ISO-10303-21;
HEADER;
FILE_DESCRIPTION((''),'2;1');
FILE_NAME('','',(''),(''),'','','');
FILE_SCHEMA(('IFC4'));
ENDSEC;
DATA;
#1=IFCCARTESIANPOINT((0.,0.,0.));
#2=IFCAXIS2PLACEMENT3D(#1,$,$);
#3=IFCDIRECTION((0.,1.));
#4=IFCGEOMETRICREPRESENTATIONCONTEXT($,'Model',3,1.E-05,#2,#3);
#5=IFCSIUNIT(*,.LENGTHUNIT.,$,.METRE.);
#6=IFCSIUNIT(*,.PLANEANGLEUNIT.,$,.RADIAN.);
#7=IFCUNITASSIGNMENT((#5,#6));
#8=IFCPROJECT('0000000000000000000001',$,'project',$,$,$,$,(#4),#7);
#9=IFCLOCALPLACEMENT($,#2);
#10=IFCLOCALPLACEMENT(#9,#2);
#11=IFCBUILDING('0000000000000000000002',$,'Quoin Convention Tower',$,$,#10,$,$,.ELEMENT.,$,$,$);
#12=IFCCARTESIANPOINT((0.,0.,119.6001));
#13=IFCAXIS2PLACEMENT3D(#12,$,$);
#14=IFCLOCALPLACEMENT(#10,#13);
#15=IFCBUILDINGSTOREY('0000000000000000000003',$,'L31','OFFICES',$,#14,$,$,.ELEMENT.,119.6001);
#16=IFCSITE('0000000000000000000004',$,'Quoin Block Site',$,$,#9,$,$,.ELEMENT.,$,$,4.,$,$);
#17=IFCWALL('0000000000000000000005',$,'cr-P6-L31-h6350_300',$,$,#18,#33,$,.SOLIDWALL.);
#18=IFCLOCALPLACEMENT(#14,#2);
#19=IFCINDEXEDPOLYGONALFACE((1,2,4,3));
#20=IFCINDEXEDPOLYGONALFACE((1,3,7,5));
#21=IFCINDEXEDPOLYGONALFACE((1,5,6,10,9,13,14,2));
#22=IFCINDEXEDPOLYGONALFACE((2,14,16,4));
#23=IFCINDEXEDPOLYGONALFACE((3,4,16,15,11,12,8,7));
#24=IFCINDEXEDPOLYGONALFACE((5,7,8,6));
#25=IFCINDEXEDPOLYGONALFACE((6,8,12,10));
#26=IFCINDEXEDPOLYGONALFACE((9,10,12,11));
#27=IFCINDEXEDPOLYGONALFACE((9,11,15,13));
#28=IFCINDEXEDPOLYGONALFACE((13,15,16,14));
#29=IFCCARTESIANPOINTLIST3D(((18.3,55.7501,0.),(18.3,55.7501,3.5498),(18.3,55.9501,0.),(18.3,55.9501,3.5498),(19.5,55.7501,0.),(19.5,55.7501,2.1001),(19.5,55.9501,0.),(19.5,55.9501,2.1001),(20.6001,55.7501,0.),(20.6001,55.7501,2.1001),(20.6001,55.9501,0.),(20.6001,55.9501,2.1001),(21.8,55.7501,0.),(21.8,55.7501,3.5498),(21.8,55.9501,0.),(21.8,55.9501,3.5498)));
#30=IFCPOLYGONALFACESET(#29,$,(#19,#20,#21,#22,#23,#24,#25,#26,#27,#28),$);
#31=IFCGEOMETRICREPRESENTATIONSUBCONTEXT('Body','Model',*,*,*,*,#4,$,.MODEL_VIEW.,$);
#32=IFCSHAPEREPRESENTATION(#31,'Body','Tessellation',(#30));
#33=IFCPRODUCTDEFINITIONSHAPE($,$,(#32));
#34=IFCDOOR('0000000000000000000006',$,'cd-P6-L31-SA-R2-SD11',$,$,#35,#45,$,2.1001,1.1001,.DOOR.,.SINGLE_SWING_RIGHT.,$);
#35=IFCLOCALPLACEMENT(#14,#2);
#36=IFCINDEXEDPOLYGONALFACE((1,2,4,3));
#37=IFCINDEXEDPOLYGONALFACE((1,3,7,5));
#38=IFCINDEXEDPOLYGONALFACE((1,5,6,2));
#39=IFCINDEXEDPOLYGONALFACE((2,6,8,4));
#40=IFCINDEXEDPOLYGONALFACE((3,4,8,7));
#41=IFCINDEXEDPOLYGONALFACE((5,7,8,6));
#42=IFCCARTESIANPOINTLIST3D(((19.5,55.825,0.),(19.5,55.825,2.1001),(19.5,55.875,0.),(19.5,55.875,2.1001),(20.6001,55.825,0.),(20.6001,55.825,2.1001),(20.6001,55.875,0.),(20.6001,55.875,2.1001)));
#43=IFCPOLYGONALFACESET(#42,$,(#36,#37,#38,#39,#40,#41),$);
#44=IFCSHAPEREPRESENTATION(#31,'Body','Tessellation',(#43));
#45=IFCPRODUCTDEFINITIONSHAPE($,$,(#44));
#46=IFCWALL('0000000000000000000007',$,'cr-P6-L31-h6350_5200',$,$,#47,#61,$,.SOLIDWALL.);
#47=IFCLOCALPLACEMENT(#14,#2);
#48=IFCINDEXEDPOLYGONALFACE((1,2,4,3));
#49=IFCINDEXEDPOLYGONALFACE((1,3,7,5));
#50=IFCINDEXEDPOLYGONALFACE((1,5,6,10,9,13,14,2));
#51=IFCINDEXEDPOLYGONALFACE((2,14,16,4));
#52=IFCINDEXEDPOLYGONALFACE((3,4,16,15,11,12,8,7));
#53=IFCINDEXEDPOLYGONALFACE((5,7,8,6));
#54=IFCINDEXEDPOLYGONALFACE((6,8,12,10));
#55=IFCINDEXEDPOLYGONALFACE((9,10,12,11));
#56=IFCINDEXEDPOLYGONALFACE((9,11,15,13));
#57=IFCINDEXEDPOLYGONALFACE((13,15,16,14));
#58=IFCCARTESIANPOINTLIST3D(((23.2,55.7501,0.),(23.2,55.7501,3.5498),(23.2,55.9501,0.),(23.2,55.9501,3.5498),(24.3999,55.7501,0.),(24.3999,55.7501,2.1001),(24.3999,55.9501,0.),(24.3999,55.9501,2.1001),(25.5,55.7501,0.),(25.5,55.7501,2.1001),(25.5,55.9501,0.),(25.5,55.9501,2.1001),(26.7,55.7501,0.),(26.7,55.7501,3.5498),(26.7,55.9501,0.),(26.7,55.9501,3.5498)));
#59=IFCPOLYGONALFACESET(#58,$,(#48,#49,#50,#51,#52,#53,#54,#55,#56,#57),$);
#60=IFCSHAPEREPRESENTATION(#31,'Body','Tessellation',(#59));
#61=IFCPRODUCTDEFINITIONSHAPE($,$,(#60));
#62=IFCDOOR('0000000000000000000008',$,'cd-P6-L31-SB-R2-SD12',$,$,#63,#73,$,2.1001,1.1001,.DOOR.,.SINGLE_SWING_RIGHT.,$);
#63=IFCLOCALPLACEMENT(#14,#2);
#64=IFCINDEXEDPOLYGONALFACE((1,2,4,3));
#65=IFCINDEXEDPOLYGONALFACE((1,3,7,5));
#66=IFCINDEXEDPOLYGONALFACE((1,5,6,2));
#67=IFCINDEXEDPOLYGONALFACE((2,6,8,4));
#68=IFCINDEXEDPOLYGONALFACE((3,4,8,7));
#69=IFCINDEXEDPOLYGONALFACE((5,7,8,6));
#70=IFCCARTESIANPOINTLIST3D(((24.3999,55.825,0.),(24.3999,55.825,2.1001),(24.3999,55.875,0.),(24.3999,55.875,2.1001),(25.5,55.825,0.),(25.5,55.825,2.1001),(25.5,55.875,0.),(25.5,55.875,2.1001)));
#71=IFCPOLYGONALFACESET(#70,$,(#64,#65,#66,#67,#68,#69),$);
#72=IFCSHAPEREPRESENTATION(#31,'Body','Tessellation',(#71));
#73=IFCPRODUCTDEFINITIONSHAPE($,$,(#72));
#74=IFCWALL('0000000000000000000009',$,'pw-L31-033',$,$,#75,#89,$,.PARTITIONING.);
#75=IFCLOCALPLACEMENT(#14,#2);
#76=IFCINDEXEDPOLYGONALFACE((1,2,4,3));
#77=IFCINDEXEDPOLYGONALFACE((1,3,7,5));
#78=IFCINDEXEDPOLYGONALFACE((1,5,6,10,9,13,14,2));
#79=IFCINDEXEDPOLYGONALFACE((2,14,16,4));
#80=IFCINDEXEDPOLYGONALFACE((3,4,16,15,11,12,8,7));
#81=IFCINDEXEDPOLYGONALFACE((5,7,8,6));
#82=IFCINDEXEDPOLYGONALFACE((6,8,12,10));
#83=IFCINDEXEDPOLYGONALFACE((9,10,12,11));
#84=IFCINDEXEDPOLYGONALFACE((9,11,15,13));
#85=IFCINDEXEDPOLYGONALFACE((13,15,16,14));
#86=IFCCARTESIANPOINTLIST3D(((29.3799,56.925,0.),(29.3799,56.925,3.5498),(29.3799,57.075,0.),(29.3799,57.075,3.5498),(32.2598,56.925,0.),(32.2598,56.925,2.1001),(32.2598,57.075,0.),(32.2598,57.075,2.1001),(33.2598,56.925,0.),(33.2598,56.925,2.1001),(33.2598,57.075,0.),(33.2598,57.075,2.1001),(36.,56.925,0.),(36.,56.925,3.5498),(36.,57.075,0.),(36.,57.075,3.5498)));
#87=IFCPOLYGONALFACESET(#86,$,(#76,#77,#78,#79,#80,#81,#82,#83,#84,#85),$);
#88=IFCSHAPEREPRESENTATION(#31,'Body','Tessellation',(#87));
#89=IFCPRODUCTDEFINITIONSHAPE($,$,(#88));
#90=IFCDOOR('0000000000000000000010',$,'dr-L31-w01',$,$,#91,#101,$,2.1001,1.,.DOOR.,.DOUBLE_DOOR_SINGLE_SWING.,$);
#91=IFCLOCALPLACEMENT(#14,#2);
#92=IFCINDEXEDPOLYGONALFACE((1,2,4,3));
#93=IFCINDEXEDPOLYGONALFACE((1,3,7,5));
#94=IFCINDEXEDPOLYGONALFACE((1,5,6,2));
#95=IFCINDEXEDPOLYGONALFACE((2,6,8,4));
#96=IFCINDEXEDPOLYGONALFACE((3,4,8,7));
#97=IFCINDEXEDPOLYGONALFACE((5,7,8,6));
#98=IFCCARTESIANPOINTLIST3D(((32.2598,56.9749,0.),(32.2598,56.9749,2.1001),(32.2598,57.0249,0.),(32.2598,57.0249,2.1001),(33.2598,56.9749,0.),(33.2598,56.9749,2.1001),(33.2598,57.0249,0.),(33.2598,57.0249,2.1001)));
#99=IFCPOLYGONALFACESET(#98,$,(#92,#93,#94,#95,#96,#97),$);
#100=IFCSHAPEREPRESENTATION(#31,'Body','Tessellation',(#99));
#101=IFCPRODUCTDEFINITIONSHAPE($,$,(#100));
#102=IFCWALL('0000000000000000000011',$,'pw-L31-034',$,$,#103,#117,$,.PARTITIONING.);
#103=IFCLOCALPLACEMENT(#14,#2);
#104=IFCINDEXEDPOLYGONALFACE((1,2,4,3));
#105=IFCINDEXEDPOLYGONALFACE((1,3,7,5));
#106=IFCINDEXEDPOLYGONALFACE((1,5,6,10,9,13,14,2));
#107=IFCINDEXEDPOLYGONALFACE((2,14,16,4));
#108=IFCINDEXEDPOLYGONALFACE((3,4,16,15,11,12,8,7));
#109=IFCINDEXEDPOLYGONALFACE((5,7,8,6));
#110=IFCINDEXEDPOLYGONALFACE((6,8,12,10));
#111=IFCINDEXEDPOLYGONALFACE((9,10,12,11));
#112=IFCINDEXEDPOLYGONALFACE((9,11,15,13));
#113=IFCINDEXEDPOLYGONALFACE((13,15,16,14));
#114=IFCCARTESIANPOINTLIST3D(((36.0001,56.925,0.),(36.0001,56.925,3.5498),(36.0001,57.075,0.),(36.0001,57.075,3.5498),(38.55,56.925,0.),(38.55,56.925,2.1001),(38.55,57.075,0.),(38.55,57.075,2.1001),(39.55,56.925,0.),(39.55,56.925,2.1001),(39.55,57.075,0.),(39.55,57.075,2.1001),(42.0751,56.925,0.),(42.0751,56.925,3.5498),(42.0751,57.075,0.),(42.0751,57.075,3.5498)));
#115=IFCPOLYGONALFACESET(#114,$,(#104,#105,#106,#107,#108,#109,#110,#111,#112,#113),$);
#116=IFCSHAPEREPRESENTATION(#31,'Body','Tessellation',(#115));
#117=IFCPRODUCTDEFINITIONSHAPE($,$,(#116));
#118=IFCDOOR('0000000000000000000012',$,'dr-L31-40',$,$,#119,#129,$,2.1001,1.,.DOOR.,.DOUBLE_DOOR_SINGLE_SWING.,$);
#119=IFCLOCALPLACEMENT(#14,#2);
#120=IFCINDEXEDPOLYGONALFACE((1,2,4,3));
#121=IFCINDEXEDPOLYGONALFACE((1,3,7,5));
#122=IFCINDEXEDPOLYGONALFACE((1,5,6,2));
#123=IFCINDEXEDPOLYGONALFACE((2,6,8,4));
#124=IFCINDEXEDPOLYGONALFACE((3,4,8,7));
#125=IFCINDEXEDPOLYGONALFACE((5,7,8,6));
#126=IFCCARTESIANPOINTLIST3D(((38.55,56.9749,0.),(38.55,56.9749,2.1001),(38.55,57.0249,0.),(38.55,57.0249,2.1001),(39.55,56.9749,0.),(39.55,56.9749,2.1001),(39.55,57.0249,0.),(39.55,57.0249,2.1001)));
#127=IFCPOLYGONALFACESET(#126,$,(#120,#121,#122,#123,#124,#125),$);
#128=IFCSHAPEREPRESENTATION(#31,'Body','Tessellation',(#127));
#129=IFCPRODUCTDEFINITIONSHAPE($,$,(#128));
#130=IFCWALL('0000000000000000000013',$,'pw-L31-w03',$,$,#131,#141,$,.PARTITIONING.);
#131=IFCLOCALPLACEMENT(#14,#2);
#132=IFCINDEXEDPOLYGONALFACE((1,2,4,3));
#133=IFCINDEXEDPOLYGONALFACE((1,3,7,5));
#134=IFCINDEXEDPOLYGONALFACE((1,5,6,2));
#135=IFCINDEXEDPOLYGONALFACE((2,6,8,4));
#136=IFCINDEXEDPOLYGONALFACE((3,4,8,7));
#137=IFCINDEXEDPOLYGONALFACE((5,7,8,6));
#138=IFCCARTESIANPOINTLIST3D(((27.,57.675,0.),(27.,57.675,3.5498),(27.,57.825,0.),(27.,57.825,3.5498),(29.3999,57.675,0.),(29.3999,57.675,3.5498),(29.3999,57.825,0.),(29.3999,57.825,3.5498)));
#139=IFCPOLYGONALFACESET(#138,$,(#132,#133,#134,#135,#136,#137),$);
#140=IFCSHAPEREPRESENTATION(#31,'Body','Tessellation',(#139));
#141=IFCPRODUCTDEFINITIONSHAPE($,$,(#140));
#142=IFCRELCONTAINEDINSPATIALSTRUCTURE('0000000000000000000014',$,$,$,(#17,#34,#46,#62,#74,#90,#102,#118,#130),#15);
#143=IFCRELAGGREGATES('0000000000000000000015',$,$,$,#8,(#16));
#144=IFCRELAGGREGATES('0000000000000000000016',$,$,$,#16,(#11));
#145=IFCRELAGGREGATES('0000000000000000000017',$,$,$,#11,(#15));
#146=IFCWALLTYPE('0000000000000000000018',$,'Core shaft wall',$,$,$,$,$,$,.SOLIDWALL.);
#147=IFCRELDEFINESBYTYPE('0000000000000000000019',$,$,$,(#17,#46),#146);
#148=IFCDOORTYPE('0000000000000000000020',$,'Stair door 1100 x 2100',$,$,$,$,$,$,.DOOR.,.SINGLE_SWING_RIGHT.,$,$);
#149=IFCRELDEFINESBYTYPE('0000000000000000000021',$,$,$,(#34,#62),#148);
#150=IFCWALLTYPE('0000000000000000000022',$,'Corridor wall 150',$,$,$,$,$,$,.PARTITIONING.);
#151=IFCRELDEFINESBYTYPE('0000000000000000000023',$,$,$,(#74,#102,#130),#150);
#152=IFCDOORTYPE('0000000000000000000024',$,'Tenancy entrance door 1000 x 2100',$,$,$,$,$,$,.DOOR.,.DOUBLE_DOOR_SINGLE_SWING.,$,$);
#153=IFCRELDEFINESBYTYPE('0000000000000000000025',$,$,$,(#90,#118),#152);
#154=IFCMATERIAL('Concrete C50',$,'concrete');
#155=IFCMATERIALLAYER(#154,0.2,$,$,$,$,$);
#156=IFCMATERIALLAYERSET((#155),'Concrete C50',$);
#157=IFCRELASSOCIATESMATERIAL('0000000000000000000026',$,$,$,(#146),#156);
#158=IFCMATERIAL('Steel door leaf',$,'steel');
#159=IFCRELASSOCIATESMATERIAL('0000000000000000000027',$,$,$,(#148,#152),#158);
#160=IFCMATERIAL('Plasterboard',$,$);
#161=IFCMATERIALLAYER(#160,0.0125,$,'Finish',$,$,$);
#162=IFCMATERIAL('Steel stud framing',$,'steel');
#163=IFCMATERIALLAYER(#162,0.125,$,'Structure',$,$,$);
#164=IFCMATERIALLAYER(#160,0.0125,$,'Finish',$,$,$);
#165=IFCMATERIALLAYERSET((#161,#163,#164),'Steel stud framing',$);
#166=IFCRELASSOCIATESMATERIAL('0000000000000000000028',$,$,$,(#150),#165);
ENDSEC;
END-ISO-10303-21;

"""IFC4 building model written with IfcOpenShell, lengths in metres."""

from ifc_helpers import new_model, si_unit, direction, frame, frame_2d, origin, place, context, subcontext, project, spatial, rectangle, extrude, material, layer, layer_set, type_object, element, fill, save


model = new_model("IFC4")

# Units and contexts
model_context = context("Model", 3, precision=1e-05, world=origin(), true_north=direction((0.0, 1.0)))
body_context = subcontext(model_context, "Body", "Model", "MODEL_VIEW")
ifc_project = project(units=[si_unit("LENGTHUNIT", "METRE"), si_unit("PLANEANGLEUNIT", "RADIAN")], contexts=[model_context])

# Site, building, storey
site_placement = place(None, origin())
site = spatial("IfcSite", under=ifc_project, at=site_placement, Name="Quoin Block Site", CompositionType="ELEMENT", RefElevation=4.0)
building_placement = place(site_placement, origin())
building = spatial("IfcBuilding", under=site, at=building_placement, Name="Quoin Convention Tower", CompositionType="ELEMENT")
storey_placement = place(building_placement, frame((0.0, 0.0, 119.6001)))
storey = spatial("IfcBuildingStorey", under=building, at=storey_placement, Name="L31", Description="OFFICES", CompositionType="ELEMENT", Elevation=119.6001)

# Shared definitions
ifc_material_1 = material(Name="Concrete C50", Category="concrete")
ifc_layer_1 = layer(ifc_material_1, 0.2)
ifc_layer_set_1 = layer_set([ifc_layer_1], Name="Concrete C50")
wall_type_1 = type_object("IfcWallType", Name="Core shaft wall", PredefinedType="SOLIDWALL", material=ifc_layer_set_1)

# Walls, openings, doors
wall_1_placement = place(storey_placement, frame((18.3, 55.8501, 0.0), z_axis=(0.0, 0.0, 1.0), x_axis=(1.0, 0.0, 0.0)))
wall_1 = element("IfcWall", 1, at=wall_1_placement, inside=storey, type_object=wall_type_1, Name="cr-P6-L31-h6350_300", PredefinedType="SOLIDWALL", context=body_context, shape_type="SweptSolid", body=[
    extrude(rectangle(XDim=3.5, YDim=0.2, at=frame_2d((1.75, 0.0))), origin(), (0.0, 0.0, 1.0), 3.5498),
])
opening_1_placement = place(wall_1_placement, frame((1.2, 0.0, 0.0)))
opening_1 = element("IfcOpeningElement", 2, at=opening_1_placement, cuts=wall_1, PredefinedType="OPENING", context=body_context, shape_type="SweptSolid", body=[
    extrude(rectangle(XDim=1.1001, YDim=2.1001, at=frame_2d((0.55, 1.05))), frame((0.0, 0.1099, 0.0), z_axis=(0.0, -1.0, 0.0), x_axis=(1.0, 0.0, 0.0)), (0.0, 0.0, 1.0), 0.22),
])
ifc_material_2 = material(Name="Steel door leaf", Category="steel")
door_type_1 = type_object("IfcDoorType", Name="Stair door 1100 x 2100", OperationType="SINGLE_SWING_RIGHT", PredefinedType="DOOR", material=ifc_material_2)
door_1_placement = place(opening_1_placement, origin())
door_1 = element("IfcDoor", 3, at=door_1_placement, inside=storey, type_object=door_type_1, Name="cd-P6-L31-SA-R2-SD11", OperationType="SINGLE_SWING_RIGHT", OverallHeight=2.1001, OverallWidth=1.1001, PredefinedType="DOOR", context=body_context, shape_type="SweptSolid", body=[
    extrude(rectangle(XDim=1.1001, YDim=2.1001, at=frame_2d((0.55, 1.05))), frame((0.0, 0.0249, 0.0), z_axis=(0.0, -1.0, 0.0), x_axis=(1.0, 0.0, 0.0)), (0.0, 0.0, 1.0), 0.05),
])
fill(opening_1, door_1)
wall_2_placement = place(storey_placement, frame((23.2, 55.8501, 0.0), z_axis=(0.0, 0.0, 1.0), x_axis=(1.0, 0.0, 0.0)))
wall_2 = element("IfcWall", 4, at=wall_2_placement, inside=storey, type_object=wall_type_1, Name="cr-P6-L31-h6350_5200", PredefinedType="SOLIDWALL", context=body_context, shape_type="SweptSolid", body=[
    extrude(rectangle(XDim=3.5, YDim=0.2, at=frame_2d((1.75, 0.0))), origin(), (0.0, 0.0, 1.0), 3.5498),
])
opening_2_placement = place(wall_2_placement, frame((1.2, 0.0, 0.0)))
opening_2 = element("IfcOpeningElement", 5, at=opening_2_placement, cuts=wall_2, PredefinedType="OPENING", context=body_context, shape_type="SweptSolid", body=[
    extrude(rectangle(XDim=1.1001, YDim=2.1001, at=frame_2d((0.55, 1.05))), frame((0.0, 0.1099, 0.0), z_axis=(0.0, -1.0, 0.0), x_axis=(1.0, 0.0, 0.0)), (0.0, 0.0, 1.0), 0.22),
])
door_2_placement = place(opening_2_placement, origin())
door_2 = element("IfcDoor", 6, at=door_2_placement, inside=storey, type_object=door_type_1, Name="cd-P6-L31-SB-R2-SD12", OperationType="SINGLE_SWING_RIGHT", OverallHeight=2.1001, OverallWidth=1.1001, PredefinedType="DOOR", context=body_context, shape_type="SweptSolid", body=[
    extrude(rectangle(XDim=1.1001, YDim=2.1001, at=frame_2d((0.55, 1.05))), frame((0.0, 0.0249, 0.0), z_axis=(0.0, -1.0, 0.0), x_axis=(1.0, 0.0, 0.0)), (0.0, 0.0, 1.0), 0.05),
])
fill(opening_2, door_2)
ifc_material_3 = material(Name="Plasterboard")
ifc_layer_2 = layer(ifc_material_3, 0.0125, Name="Finish")
ifc_material_4 = material(Name="Steel stud framing", Category="steel")
ifc_layer_3 = layer(ifc_material_4, 0.125, Name="Structure")
ifc_layer_4 = layer(ifc_material_3, 0.0125, Name="Finish")
ifc_layer_set_2 = layer_set([ifc_layer_2, ifc_layer_3, ifc_layer_4], Name="Steel stud framing")
wall_type_2 = type_object("IfcWallType", Name="Corridor wall 150", PredefinedType="PARTITIONING", material=ifc_layer_set_2)
wall_3_placement = place(storey_placement, frame((29.3799, 57.0, 0.0), z_axis=(0.0, 0.0, 1.0), x_axis=(1.0, 0.0, 0.0)))
wall_3 = element("IfcWall", 7, at=wall_3_placement, inside=storey, type_object=wall_type_2, Name="pw-L31-033", PredefinedType="PARTITIONING", context=body_context, shape_type="SweptSolid", body=[
    extrude(rectangle(XDim=6.6201, YDim=0.1499, at=frame_2d((3.3101, 0.0))), origin(), (0.0, 0.0, 1.0), 3.5498),
])
opening_3_placement = place(wall_3_placement, frame((2.8799, 0.0, 0.0)))
opening_3 = element("IfcOpeningElement", 8, at=opening_3_placement, cuts=wall_3, PredefinedType="OPENING", context=body_context, shape_type="SweptSolid", body=[
    extrude(rectangle(XDim=1.0, YDim=2.1001, at=frame_2d((0.5, 1.05))), frame((0.0, 0.085, 0.0), z_axis=(0.0, -1.0, 0.0), x_axis=(1.0, 0.0, 0.0)), (0.0, 0.0, 1.0), 0.1699),
])
door_type_2 = type_object("IfcDoorType", Name="Tenancy entrance door 1000 x 2100", OperationType="DOUBLE_DOOR_SINGLE_SWING", PredefinedType="DOOR", material=ifc_material_2)
door_3_placement = place(opening_3_placement, origin())
door_3 = element("IfcDoor", 9, at=door_3_placement, inside=storey, type_object=door_type_2, Name="dr-L31-w01", OperationType="DOUBLE_DOOR_SINGLE_SWING", OverallHeight=2.1001, OverallWidth=1.0, PredefinedType="DOOR", context=body_context, shape_type="SweptSolid", body=[
    extrude(rectangle(XDim=1.0, YDim=2.1001, at=frame_2d((0.5, 1.05))), frame((0.0, 0.0249, 0.0), z_axis=(0.0, -1.0, 0.0), x_axis=(1.0, 0.0, 0.0)), (0.0, 0.0, 1.0), 0.05),
])
fill(opening_3, door_3)
wall_4_placement = place(storey_placement, frame((36.0, 57.0, 0.0), z_axis=(0.0, 0.0, 1.0), x_axis=(1.0, 0.0, 0.0)))
wall_4 = element("IfcWall", 10, at=wall_4_placement, inside=storey, type_object=wall_type_2, Name="pw-L31-034", PredefinedType="PARTITIONING", context=body_context, shape_type="SweptSolid", body=[
    extrude(rectangle(XDim=6.075, YDim=0.1499, at=frame_2d((3.0376, 0.0))), origin(), (0.0, 0.0, 1.0), 3.5498),
])
opening_4_placement = place(wall_4_placement, frame((2.55, 0.0, 0.0)))
opening_4 = element("IfcOpeningElement", 11, at=opening_4_placement, cuts=wall_4, PredefinedType="OPENING", context=body_context, shape_type="SweptSolid", body=[
    extrude(rectangle(XDim=1.0, YDim=2.1001, at=frame_2d((0.5, 1.05))), frame((0.0, 0.085, 0.0), z_axis=(0.0, -1.0, 0.0), x_axis=(1.0, 0.0, 0.0)), (0.0, 0.0, 1.0), 0.1699),
])
door_4_placement = place(opening_4_placement, origin())
door_4 = element("IfcDoor", 12, at=door_4_placement, inside=storey, type_object=door_type_2, Name="dr-L31-40", OperationType="DOUBLE_DOOR_SINGLE_SWING", OverallHeight=2.1001, OverallWidth=1.0, PredefinedType="DOOR", context=body_context, shape_type="SweptSolid", body=[
    extrude(rectangle(XDim=1.0, YDim=2.1001, at=frame_2d((0.5, 1.05))), frame((0.0, 0.0249, 0.0), z_axis=(0.0, -1.0, 0.0), x_axis=(1.0, 0.0, 0.0)), (0.0, 0.0, 1.0), 0.05),
])
fill(opening_4, door_4)

# Wall
wall_5_placement = place(storey_placement, frame((27.0, 57.75, 0.0), z_axis=(0.0, 0.0, 1.0), x_axis=(1.0, 0.0, 0.0)))
element("IfcWall", 13, at=wall_5_placement, inside=storey, type_object=wall_type_2, Name="pw-L31-w03", PredefinedType="PARTITIONING", context=body_context, shape_type="SweptSolid", body=[
    extrude(rectangle(XDim=2.3999, YDim=0.1499, at=frame_2d((1.2, 0.0))), origin(), (0.0, 0.0, 1.0), 3.5498),
])

save(model, "model.ifc")
